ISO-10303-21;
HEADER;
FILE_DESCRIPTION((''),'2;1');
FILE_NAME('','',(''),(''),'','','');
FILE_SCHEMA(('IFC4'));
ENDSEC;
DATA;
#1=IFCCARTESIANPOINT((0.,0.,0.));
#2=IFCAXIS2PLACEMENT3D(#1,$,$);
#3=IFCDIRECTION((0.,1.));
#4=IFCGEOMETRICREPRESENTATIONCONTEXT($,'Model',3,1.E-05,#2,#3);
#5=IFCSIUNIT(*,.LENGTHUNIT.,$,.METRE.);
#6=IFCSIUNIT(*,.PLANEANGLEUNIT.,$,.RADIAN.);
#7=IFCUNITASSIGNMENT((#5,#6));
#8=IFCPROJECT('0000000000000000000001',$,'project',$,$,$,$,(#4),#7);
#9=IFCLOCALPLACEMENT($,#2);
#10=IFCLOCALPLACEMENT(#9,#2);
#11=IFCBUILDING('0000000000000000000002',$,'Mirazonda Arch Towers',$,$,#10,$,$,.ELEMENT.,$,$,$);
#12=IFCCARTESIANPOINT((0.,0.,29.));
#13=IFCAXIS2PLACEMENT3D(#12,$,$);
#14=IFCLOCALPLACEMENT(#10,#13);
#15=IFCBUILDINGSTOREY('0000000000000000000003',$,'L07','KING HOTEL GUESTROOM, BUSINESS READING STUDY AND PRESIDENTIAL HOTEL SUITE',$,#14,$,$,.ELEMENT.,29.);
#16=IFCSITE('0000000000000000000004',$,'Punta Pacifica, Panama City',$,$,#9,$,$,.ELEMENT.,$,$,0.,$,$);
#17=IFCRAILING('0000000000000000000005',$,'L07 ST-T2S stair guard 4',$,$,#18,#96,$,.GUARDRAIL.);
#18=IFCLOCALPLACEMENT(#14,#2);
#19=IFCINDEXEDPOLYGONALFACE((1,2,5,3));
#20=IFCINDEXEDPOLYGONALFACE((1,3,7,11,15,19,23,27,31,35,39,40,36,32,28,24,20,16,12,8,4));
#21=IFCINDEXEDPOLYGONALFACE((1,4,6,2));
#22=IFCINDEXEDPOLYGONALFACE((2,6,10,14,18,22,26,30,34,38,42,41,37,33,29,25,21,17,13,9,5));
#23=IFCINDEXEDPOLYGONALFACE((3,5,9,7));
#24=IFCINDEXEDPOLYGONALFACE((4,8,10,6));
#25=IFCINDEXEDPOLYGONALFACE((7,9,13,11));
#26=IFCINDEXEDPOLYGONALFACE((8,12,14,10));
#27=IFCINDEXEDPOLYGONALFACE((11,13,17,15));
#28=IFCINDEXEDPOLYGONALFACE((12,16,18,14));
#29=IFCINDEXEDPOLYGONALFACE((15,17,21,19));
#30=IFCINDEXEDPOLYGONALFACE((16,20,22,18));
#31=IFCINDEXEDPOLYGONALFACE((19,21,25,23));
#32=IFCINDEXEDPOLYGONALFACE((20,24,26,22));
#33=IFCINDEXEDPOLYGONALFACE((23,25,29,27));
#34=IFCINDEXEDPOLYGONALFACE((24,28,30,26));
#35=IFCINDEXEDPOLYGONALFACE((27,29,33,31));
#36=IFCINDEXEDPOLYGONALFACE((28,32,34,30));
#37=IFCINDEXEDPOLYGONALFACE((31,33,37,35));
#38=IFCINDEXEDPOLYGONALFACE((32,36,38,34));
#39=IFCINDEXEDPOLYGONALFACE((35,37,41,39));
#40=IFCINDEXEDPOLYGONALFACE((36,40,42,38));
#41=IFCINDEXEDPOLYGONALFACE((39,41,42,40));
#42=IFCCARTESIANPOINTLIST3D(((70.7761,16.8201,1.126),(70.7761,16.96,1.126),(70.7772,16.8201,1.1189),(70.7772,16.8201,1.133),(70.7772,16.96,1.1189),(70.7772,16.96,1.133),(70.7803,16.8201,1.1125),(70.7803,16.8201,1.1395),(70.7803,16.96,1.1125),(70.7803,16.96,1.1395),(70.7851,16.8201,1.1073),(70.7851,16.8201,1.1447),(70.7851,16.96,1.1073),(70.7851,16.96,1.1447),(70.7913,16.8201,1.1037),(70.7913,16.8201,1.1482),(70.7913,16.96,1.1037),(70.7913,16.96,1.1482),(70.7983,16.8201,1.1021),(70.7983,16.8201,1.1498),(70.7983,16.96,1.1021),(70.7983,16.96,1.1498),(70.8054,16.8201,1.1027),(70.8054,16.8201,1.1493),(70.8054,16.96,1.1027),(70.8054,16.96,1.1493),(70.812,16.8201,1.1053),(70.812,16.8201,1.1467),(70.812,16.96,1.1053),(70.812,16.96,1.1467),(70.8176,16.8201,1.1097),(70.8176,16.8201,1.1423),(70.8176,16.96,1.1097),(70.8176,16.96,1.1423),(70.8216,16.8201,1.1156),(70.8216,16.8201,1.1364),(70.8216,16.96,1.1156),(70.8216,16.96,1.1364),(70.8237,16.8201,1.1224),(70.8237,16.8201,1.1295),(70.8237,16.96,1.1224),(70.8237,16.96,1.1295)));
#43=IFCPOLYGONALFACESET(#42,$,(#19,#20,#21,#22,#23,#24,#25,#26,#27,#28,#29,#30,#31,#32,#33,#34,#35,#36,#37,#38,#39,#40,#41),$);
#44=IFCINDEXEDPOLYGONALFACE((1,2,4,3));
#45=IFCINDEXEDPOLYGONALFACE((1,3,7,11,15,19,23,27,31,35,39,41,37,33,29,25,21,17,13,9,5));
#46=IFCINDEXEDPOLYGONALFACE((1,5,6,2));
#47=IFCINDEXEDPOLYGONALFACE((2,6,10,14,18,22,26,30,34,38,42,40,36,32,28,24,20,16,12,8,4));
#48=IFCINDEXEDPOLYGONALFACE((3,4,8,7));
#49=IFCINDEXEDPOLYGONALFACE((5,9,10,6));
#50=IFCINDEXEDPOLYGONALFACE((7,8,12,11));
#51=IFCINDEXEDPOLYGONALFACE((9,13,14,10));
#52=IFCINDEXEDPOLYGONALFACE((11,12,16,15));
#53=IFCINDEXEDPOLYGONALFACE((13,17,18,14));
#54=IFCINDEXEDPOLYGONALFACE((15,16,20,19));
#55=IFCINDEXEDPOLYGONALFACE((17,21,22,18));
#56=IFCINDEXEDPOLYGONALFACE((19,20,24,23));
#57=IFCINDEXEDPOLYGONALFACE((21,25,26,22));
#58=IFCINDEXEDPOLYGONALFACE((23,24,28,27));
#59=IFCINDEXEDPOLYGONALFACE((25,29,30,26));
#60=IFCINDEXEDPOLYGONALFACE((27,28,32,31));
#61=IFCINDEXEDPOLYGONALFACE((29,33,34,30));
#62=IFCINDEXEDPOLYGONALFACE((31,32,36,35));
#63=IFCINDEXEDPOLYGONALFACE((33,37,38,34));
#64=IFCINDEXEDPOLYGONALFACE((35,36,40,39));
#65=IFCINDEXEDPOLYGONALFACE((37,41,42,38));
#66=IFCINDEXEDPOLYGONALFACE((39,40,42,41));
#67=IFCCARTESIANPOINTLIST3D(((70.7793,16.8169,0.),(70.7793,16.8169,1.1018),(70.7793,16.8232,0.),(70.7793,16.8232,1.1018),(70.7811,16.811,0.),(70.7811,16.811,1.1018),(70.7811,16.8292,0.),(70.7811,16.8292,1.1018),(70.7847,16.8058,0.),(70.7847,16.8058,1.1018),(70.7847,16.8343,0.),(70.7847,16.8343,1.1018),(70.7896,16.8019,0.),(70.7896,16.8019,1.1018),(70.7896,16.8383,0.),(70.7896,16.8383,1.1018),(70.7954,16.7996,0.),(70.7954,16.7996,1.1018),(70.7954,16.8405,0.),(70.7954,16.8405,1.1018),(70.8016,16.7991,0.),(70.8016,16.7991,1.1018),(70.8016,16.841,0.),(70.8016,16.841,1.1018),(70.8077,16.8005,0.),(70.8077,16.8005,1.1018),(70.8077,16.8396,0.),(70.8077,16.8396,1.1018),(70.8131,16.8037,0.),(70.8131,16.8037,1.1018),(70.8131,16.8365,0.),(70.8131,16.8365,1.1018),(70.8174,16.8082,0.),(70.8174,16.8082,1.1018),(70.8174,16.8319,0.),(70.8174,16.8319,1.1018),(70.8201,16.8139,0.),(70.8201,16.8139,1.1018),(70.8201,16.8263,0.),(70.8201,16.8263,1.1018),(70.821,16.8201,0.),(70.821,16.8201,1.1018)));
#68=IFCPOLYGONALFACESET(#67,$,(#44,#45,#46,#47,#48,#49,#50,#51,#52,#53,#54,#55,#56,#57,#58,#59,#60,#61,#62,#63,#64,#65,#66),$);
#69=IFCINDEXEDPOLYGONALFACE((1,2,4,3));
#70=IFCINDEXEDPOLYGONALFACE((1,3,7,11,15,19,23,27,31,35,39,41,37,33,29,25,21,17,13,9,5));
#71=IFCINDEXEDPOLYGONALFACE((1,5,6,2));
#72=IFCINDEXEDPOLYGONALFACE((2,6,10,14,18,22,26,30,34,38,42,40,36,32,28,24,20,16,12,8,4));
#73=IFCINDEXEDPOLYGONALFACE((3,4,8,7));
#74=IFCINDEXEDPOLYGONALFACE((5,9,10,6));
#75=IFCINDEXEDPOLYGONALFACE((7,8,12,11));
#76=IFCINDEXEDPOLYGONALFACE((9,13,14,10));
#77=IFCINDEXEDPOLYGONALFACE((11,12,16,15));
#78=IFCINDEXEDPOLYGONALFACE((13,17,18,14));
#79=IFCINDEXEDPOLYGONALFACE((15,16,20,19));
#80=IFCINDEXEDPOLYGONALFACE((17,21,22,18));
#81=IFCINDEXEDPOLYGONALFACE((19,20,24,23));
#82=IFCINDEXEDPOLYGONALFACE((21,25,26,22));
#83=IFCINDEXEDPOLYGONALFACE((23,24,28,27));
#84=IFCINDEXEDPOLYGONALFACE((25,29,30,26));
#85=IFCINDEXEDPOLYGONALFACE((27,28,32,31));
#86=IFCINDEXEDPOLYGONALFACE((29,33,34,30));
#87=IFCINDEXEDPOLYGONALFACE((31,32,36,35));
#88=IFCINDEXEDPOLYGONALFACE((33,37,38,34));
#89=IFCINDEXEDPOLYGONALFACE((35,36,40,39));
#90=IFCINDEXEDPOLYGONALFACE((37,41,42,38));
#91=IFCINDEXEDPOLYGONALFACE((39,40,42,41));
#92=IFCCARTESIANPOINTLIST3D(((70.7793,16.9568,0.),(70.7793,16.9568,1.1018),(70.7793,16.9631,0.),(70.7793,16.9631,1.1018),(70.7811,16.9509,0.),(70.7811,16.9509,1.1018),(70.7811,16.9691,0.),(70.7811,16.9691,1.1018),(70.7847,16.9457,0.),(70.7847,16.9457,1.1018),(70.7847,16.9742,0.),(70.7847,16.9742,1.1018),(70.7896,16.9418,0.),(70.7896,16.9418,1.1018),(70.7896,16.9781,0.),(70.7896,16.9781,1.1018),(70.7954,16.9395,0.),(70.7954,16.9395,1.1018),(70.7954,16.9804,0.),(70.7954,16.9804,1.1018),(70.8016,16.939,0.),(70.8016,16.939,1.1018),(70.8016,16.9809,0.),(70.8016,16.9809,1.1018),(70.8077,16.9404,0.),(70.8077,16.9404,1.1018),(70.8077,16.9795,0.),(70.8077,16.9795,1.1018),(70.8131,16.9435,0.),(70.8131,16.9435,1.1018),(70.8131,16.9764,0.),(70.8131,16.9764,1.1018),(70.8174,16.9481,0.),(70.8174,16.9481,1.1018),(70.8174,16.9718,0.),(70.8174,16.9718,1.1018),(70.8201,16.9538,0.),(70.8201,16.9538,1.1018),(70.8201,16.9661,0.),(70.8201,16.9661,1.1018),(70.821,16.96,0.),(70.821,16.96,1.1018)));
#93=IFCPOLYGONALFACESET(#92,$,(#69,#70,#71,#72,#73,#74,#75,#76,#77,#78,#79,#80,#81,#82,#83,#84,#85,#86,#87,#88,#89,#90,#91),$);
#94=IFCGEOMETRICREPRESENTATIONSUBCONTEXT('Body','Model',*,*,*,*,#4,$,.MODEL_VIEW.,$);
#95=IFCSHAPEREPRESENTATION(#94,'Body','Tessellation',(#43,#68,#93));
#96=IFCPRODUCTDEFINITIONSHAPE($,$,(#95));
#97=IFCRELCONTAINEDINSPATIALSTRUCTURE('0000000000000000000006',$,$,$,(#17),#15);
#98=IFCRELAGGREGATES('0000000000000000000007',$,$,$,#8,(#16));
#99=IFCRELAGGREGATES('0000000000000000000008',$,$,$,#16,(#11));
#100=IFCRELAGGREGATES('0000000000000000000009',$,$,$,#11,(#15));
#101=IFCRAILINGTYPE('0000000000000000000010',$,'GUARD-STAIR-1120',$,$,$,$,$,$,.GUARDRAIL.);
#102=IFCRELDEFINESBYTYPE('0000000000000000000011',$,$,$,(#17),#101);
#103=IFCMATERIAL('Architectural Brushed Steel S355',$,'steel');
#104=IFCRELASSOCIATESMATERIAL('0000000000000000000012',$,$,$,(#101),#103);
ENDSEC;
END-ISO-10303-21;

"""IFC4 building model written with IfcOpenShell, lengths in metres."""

from ifc_helpers import new_model, si_unit, direction, frame, origin, origin_2d, place, context, subcontext, project, spatial, circle, extrude, material, type_object, element, save


model = new_model("IFC4")

# Units and contexts
model_context = context("Model", 3, precision=1e-05, world=origin(), true_north=direction((0.0, 1.0)))
body_context = subcontext(model_context, "Body", "Model", "MODEL_VIEW")
ifc_project = project(units=[si_unit("LENGTHUNIT", "METRE"), si_unit("PLANEANGLEUNIT", "RADIAN")], contexts=[model_context])

# Site, building, storey
site_placement = place(None, origin())
site = spatial("IfcSite", under=ifc_project, at=site_placement, Name="Punta Pacifica, Panama City", CompositionType="ELEMENT", RefElevation=0.0)
building_placement = place(site_placement, origin())
building = spatial("IfcBuilding", under=site, at=building_placement, Name="Mirazonda Arch Towers", CompositionType="ELEMENT")
storey_placement = place(building_placement, frame((0.0, 0.0, 29.0)))
storey = spatial("IfcBuildingStorey", under=building, at=storey_placement, Name="L07", Description="KING HOTEL GUESTROOM, BUSINESS READING STUDY AND PRESIDENTIAL HOTEL SUITE", CompositionType="ELEMENT", Elevation=29.0)

# Shared definitions
ifc_material_1 = material(Name="Architectural Brushed Steel S355", Category="steel")

# Railing
railing_type = type_object("IfcRailingType", Name="GUARD-STAIR-1120", PredefinedType="GUARDRAIL", material=ifc_material_1)
railing_1_placement = place(storey_placement, frame((70.8, 16.8201, 0.0)))
element("IfcRailing", 1, at=railing_1_placement, inside=storey, type_object=railing_type, Name="L07 ST-T2S stair guard 4", PredefinedType="GUARDRAIL", context=body_context, shape_type="SweptSolid", body=[
    extrude(circle(Radius=0.0239, at=origin_2d()), frame((0.0, 0.0, 1.126), z_axis=(0.0, 1.0, 0.0), x_axis=(-1.0, 0.0, 0.0)), (0.0, 0.0, 1.0), 0.1399),
    extrude(circle(Radius=0.021, at=origin_2d()), origin(), (0.0, 0.0, 1.0), 1.1018),
    extrude(circle(Radius=0.021, at=origin_2d()), frame((0.0, 0.1399, 0.0)), (0.0, 0.0, 1.0), 1.1018),
])

save(model, "model.ifc")
